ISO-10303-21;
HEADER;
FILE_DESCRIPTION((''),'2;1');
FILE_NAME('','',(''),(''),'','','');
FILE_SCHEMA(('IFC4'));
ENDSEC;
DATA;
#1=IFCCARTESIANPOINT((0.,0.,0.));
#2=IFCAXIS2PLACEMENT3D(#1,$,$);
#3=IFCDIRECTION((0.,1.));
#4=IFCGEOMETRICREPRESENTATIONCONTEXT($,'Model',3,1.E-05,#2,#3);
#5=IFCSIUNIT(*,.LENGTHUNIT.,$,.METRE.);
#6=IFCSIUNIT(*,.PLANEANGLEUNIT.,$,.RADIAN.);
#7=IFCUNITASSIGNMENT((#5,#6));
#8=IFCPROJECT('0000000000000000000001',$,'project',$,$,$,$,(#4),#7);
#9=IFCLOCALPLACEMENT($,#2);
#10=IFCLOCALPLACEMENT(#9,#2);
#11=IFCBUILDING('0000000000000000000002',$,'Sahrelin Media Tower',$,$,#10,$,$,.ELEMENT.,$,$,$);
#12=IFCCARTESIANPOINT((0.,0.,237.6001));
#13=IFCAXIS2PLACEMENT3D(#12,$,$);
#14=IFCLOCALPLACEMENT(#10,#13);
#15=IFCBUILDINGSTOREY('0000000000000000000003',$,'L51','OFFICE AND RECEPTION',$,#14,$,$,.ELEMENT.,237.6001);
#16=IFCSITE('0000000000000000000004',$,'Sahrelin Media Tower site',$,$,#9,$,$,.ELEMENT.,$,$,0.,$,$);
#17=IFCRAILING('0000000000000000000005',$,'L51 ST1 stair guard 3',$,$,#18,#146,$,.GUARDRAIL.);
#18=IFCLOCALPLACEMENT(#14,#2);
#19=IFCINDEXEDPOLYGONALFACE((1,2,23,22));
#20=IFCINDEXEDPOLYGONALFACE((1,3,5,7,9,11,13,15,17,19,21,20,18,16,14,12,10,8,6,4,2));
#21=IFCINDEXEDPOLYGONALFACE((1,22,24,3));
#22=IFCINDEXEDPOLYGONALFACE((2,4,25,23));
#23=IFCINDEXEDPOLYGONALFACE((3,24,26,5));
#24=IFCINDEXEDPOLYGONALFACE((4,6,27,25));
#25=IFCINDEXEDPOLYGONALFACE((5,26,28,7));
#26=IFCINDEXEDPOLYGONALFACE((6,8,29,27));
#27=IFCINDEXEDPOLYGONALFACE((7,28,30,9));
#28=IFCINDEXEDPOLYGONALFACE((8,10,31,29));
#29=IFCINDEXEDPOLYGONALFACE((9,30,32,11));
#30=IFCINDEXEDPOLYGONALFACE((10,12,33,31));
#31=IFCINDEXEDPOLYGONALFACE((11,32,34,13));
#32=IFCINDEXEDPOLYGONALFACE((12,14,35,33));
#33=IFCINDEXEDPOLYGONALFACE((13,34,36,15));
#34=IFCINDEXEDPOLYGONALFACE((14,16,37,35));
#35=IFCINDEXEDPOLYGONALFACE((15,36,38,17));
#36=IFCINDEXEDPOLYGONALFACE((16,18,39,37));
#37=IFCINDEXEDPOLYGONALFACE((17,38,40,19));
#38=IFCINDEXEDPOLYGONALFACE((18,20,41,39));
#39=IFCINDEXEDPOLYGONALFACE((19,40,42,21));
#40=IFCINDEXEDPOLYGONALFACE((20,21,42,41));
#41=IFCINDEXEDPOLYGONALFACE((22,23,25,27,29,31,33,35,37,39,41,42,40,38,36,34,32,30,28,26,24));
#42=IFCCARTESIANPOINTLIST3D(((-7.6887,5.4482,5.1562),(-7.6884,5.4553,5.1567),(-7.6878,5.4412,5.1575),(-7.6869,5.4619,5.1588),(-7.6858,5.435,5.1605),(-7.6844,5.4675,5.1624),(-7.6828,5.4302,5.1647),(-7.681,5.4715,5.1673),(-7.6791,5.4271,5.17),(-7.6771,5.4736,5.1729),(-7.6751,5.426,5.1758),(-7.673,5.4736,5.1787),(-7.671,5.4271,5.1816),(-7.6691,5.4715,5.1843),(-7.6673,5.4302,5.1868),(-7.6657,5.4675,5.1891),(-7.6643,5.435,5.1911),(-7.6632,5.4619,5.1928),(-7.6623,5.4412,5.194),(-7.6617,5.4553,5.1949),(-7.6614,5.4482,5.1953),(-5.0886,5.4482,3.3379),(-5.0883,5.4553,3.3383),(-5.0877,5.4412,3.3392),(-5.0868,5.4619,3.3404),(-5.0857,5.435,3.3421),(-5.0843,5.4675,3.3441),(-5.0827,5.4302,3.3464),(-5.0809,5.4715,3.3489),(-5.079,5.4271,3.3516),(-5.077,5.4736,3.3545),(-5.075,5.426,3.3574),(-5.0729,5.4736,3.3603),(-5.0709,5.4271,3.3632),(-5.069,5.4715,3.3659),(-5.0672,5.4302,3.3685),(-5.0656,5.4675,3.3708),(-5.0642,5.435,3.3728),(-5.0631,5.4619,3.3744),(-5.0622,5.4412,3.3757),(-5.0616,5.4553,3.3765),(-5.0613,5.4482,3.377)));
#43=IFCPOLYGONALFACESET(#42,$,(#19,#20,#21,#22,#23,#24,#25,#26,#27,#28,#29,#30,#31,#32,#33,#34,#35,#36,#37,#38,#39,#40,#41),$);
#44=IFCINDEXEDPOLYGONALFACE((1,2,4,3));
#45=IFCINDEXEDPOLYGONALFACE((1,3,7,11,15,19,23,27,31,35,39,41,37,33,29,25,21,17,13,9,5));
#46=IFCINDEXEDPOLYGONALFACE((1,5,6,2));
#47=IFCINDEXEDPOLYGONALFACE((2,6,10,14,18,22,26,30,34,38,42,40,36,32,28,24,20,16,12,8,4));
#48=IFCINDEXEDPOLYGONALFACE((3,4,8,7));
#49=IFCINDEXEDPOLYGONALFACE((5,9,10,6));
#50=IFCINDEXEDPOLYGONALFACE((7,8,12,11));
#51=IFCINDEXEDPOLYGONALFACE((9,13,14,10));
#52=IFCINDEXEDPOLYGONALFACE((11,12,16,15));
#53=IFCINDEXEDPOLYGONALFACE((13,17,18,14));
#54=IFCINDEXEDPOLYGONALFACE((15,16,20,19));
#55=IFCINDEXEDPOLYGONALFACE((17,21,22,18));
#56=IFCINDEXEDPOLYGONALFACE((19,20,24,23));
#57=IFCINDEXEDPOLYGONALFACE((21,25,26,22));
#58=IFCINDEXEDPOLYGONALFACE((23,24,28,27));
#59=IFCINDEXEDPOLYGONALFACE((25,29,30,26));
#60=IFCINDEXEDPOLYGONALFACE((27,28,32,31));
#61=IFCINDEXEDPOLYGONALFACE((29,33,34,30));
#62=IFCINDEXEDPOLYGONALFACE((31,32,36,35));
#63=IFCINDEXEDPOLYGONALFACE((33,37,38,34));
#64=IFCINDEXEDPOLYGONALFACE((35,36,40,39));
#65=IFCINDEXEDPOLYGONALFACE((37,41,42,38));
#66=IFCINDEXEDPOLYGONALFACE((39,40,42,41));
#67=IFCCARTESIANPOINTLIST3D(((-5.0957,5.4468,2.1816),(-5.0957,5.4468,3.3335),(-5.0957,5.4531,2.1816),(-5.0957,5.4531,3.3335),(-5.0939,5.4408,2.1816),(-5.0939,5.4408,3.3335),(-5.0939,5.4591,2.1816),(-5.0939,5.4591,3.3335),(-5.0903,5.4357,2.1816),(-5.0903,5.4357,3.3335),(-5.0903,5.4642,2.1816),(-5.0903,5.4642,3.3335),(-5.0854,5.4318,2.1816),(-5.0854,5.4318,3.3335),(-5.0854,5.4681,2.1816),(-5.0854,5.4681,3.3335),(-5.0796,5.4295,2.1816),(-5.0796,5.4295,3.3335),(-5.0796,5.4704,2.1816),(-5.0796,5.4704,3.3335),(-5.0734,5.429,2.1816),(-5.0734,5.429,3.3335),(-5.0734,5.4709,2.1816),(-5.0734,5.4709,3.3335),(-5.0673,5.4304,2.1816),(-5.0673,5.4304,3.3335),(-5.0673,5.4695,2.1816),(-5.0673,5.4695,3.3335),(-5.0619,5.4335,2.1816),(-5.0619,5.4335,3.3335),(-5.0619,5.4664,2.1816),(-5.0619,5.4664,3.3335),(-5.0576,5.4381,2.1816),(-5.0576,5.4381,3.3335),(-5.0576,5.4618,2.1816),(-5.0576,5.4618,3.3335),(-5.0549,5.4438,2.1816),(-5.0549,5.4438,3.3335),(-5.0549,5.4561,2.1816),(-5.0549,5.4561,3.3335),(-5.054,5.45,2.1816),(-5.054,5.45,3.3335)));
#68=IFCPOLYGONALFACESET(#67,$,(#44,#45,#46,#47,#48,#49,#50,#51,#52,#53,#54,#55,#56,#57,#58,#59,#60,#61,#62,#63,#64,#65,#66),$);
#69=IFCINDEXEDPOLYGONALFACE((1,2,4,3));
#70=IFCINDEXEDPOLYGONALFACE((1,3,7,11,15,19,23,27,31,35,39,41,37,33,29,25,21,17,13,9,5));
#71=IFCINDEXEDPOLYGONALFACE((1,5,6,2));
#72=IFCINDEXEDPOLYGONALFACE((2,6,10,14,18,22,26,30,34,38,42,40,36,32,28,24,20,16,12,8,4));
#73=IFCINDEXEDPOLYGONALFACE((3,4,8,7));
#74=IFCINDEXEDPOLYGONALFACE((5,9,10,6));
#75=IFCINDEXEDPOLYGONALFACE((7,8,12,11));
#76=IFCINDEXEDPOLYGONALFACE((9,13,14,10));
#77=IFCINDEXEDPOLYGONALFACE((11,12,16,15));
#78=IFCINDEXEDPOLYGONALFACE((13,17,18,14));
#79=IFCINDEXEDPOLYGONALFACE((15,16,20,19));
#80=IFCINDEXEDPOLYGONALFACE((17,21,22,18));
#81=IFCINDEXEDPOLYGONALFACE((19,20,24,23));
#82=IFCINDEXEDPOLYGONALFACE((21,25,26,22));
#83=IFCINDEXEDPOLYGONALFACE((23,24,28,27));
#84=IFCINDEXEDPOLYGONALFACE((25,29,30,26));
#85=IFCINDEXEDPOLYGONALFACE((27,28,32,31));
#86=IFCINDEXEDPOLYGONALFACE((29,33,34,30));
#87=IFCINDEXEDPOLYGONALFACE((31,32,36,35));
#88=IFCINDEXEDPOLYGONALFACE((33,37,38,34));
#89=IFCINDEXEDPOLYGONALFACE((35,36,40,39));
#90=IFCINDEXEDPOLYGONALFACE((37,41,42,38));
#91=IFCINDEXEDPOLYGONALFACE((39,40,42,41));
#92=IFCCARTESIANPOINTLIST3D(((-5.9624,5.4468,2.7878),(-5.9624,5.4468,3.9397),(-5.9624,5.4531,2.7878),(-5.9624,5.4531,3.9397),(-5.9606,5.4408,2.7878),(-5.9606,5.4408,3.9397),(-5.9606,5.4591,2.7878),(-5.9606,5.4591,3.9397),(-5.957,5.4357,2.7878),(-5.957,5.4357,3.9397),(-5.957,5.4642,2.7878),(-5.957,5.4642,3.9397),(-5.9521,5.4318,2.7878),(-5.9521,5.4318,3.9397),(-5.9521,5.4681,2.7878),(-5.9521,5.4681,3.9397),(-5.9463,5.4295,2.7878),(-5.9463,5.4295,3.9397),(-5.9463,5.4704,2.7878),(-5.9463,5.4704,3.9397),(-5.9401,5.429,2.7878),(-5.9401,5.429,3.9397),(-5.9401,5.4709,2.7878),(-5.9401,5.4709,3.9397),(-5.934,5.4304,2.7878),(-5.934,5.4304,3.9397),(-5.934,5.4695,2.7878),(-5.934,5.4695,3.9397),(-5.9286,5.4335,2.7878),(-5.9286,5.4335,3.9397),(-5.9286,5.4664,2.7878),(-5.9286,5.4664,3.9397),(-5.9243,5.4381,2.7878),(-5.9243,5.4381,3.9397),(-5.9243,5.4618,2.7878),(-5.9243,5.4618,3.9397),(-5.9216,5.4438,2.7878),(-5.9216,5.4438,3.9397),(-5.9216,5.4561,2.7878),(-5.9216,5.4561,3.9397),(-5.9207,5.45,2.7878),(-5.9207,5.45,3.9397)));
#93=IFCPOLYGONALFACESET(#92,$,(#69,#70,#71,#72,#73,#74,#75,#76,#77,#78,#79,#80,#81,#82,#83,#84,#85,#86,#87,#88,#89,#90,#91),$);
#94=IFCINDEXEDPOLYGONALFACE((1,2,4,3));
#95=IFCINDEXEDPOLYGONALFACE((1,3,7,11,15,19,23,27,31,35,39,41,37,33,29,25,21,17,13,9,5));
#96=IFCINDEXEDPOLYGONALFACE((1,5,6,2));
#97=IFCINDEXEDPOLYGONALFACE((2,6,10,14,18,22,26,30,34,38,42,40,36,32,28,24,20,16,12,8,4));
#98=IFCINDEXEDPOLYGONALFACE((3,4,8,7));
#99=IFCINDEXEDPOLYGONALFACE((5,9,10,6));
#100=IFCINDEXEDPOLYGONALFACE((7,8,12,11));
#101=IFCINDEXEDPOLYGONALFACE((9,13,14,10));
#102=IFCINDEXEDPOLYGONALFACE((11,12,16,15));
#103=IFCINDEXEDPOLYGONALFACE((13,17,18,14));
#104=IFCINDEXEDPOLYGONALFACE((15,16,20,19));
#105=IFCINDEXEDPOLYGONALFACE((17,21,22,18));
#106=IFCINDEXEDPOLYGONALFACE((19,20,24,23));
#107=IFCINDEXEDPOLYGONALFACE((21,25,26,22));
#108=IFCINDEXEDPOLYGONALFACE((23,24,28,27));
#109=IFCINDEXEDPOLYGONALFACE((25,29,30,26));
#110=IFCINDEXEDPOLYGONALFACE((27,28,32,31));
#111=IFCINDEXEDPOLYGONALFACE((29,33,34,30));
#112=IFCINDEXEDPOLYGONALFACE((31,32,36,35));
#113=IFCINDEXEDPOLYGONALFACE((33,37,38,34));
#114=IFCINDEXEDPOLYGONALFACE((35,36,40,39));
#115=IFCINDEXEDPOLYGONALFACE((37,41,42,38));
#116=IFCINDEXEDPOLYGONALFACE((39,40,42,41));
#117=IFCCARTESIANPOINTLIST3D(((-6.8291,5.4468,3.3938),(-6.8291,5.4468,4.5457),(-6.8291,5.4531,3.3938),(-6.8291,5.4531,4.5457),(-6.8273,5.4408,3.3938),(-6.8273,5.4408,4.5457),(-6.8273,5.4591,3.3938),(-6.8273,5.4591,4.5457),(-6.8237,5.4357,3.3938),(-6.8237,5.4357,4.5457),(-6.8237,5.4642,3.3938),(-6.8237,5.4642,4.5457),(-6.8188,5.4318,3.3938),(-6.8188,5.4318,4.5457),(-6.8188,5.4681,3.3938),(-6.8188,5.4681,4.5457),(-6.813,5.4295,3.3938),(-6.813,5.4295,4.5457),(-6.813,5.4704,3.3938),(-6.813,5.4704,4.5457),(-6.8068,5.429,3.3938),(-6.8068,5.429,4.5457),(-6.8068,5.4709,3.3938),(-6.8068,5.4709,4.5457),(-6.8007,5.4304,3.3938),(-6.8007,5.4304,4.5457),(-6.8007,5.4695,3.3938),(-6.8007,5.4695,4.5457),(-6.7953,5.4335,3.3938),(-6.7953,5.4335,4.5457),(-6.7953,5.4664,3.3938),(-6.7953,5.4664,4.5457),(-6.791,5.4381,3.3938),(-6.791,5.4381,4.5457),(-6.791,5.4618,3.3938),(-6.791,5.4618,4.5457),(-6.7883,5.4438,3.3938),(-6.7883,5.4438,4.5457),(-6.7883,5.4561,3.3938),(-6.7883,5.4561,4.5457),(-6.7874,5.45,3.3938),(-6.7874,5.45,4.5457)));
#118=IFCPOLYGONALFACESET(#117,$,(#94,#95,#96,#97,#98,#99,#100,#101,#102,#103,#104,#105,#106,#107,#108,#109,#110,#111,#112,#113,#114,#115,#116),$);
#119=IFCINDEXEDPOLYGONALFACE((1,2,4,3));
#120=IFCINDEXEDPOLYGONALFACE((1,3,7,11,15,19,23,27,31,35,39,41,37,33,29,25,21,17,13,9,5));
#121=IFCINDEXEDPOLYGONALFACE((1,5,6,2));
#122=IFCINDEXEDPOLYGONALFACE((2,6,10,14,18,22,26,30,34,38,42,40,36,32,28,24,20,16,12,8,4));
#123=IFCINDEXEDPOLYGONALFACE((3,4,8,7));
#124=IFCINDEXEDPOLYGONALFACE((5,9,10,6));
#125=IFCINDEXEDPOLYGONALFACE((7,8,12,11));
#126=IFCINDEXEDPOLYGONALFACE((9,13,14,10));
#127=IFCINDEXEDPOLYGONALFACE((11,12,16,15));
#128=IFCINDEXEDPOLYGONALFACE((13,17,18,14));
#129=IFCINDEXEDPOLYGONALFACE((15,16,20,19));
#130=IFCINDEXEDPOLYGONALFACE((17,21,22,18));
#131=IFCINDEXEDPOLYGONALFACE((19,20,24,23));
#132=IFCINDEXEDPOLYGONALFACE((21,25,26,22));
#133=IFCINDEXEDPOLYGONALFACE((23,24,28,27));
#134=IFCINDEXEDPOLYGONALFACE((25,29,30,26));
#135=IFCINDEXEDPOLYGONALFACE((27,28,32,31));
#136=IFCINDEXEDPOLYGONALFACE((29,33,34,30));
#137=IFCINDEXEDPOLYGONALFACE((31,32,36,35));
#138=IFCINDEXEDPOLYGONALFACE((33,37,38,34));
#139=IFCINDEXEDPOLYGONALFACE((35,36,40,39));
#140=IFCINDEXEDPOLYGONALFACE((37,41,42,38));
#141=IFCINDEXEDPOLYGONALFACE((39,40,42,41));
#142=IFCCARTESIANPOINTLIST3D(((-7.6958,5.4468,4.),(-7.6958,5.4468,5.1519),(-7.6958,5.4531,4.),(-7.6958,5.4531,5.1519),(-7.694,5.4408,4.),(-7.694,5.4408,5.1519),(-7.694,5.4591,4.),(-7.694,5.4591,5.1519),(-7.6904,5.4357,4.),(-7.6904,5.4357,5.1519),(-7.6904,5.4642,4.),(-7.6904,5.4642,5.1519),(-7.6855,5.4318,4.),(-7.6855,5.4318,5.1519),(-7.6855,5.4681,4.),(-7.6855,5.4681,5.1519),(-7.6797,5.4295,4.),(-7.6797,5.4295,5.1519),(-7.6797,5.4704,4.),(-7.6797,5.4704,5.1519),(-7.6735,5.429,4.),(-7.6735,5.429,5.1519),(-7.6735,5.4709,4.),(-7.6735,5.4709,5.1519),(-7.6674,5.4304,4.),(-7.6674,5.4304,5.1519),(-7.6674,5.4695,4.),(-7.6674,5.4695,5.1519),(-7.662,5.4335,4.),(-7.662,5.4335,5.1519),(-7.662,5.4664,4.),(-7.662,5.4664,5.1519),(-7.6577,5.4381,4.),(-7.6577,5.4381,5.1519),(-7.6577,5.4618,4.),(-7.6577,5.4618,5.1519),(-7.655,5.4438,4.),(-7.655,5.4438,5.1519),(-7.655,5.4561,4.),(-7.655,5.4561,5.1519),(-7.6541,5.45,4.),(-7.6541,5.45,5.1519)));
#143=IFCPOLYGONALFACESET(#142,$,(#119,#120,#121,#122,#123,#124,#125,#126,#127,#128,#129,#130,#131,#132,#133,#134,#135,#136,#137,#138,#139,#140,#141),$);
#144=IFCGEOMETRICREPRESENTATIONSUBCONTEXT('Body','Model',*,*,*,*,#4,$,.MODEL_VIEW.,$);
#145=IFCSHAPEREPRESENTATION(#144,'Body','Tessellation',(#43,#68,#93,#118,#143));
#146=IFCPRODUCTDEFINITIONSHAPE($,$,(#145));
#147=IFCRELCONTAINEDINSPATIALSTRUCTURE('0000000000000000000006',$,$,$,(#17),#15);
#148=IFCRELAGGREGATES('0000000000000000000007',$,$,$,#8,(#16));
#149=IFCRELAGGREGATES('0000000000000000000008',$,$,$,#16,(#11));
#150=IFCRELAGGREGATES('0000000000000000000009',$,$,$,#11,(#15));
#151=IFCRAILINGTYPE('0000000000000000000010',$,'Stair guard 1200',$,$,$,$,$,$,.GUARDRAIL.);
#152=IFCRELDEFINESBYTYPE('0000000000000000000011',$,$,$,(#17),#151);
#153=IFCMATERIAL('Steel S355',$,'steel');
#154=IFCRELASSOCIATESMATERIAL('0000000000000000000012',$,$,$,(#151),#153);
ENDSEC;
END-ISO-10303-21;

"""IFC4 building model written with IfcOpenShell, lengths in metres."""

from ifc_helpers import new_model, si_unit, direction, frame, origin, origin_2d, place, context, subcontext, project, spatial, circle, extrude, material, type_object, element, save


model = new_model("IFC4")

# Units and contexts
model_context = context("Model", 3, precision=1e-05, world=origin(), true_north=direction((0.0, 1.0)))
body_context = subcontext(model_context, "Body", "Model", "MODEL_VIEW")
ifc_project = project(units=[si_unit("LENGTHUNIT", "METRE"), si_unit("PLANEANGLEUNIT", "RADIAN")], contexts=[model_context])

# Site, building, storey
site_placement = place(None, origin())
site = spatial("IfcSite", under=ifc_project, at=site_placement, Name="Sahrelin Media Tower site", CompositionType="ELEMENT", RefElevation=0.0)
building_placement = place(site_placement, origin())
building = spatial("IfcBuilding", under=site, at=building_placement, Name="Sahrelin Media Tower", CompositionType="ELEMENT")
storey_placement = place(building_placement, frame((0.0, 0.0, 237.6001)))
storey = spatial("IfcBuildingStorey", under=building, at=storey_placement, Name="L51", Description="OFFICE AND RECEPTION", CompositionType="ELEMENT", Elevation=237.6001)

# Shared definitions
ifc_material_1 = material(Name="Steel S355", Category="steel")

# Railing
railing_type_1 = type_object("IfcRailingType", Name="Stair guard 1200", PredefinedType="GUARDRAIL", material=ifc_material_1)
railing_1_placement = place(storey_placement, frame((-5.075, 5.45, 2.1816)))
element("IfcRailing", 1, at=railing_1_placement, inside=storey, type_object=railing_type_1, Name="L51 ST1 stair guard 3", PredefinedType="GUARDRAIL", context=body_context, shape_type="SweptSolid", body=[
    extrude(circle(Radius=0.0239, at=origin_2d()), frame((0.0, 0.0, 1.1758), z_axis=(-0.819485, 0.0, 0.573101), x_axis=(0.0, -1.0, 0.0)), (0.0, 0.0, 1.0), 3.1729),
    extrude(circle(Radius=0.021, at=origin_2d()), origin(), (0.0, 0.0, 1.0), 1.1519),
    extrude(circle(Radius=0.021, at=origin_2d()), frame((-0.8667, 0.0, 0.6062)), (0.0, 0.0, 1.0), 1.1519),
    extrude(circle(Radius=0.021, at=origin_2d()), frame((-1.7334, 0.0, 1.2122)), (0.0, 0.0, 1.0), 1.1519),
    extrude(circle(Radius=0.021, at=origin_2d()), frame((-2.6001, 0.0, 1.8184)), (0.0, 0.0, 1.0), 1.1519),
])

save(model, "model.ifc")
